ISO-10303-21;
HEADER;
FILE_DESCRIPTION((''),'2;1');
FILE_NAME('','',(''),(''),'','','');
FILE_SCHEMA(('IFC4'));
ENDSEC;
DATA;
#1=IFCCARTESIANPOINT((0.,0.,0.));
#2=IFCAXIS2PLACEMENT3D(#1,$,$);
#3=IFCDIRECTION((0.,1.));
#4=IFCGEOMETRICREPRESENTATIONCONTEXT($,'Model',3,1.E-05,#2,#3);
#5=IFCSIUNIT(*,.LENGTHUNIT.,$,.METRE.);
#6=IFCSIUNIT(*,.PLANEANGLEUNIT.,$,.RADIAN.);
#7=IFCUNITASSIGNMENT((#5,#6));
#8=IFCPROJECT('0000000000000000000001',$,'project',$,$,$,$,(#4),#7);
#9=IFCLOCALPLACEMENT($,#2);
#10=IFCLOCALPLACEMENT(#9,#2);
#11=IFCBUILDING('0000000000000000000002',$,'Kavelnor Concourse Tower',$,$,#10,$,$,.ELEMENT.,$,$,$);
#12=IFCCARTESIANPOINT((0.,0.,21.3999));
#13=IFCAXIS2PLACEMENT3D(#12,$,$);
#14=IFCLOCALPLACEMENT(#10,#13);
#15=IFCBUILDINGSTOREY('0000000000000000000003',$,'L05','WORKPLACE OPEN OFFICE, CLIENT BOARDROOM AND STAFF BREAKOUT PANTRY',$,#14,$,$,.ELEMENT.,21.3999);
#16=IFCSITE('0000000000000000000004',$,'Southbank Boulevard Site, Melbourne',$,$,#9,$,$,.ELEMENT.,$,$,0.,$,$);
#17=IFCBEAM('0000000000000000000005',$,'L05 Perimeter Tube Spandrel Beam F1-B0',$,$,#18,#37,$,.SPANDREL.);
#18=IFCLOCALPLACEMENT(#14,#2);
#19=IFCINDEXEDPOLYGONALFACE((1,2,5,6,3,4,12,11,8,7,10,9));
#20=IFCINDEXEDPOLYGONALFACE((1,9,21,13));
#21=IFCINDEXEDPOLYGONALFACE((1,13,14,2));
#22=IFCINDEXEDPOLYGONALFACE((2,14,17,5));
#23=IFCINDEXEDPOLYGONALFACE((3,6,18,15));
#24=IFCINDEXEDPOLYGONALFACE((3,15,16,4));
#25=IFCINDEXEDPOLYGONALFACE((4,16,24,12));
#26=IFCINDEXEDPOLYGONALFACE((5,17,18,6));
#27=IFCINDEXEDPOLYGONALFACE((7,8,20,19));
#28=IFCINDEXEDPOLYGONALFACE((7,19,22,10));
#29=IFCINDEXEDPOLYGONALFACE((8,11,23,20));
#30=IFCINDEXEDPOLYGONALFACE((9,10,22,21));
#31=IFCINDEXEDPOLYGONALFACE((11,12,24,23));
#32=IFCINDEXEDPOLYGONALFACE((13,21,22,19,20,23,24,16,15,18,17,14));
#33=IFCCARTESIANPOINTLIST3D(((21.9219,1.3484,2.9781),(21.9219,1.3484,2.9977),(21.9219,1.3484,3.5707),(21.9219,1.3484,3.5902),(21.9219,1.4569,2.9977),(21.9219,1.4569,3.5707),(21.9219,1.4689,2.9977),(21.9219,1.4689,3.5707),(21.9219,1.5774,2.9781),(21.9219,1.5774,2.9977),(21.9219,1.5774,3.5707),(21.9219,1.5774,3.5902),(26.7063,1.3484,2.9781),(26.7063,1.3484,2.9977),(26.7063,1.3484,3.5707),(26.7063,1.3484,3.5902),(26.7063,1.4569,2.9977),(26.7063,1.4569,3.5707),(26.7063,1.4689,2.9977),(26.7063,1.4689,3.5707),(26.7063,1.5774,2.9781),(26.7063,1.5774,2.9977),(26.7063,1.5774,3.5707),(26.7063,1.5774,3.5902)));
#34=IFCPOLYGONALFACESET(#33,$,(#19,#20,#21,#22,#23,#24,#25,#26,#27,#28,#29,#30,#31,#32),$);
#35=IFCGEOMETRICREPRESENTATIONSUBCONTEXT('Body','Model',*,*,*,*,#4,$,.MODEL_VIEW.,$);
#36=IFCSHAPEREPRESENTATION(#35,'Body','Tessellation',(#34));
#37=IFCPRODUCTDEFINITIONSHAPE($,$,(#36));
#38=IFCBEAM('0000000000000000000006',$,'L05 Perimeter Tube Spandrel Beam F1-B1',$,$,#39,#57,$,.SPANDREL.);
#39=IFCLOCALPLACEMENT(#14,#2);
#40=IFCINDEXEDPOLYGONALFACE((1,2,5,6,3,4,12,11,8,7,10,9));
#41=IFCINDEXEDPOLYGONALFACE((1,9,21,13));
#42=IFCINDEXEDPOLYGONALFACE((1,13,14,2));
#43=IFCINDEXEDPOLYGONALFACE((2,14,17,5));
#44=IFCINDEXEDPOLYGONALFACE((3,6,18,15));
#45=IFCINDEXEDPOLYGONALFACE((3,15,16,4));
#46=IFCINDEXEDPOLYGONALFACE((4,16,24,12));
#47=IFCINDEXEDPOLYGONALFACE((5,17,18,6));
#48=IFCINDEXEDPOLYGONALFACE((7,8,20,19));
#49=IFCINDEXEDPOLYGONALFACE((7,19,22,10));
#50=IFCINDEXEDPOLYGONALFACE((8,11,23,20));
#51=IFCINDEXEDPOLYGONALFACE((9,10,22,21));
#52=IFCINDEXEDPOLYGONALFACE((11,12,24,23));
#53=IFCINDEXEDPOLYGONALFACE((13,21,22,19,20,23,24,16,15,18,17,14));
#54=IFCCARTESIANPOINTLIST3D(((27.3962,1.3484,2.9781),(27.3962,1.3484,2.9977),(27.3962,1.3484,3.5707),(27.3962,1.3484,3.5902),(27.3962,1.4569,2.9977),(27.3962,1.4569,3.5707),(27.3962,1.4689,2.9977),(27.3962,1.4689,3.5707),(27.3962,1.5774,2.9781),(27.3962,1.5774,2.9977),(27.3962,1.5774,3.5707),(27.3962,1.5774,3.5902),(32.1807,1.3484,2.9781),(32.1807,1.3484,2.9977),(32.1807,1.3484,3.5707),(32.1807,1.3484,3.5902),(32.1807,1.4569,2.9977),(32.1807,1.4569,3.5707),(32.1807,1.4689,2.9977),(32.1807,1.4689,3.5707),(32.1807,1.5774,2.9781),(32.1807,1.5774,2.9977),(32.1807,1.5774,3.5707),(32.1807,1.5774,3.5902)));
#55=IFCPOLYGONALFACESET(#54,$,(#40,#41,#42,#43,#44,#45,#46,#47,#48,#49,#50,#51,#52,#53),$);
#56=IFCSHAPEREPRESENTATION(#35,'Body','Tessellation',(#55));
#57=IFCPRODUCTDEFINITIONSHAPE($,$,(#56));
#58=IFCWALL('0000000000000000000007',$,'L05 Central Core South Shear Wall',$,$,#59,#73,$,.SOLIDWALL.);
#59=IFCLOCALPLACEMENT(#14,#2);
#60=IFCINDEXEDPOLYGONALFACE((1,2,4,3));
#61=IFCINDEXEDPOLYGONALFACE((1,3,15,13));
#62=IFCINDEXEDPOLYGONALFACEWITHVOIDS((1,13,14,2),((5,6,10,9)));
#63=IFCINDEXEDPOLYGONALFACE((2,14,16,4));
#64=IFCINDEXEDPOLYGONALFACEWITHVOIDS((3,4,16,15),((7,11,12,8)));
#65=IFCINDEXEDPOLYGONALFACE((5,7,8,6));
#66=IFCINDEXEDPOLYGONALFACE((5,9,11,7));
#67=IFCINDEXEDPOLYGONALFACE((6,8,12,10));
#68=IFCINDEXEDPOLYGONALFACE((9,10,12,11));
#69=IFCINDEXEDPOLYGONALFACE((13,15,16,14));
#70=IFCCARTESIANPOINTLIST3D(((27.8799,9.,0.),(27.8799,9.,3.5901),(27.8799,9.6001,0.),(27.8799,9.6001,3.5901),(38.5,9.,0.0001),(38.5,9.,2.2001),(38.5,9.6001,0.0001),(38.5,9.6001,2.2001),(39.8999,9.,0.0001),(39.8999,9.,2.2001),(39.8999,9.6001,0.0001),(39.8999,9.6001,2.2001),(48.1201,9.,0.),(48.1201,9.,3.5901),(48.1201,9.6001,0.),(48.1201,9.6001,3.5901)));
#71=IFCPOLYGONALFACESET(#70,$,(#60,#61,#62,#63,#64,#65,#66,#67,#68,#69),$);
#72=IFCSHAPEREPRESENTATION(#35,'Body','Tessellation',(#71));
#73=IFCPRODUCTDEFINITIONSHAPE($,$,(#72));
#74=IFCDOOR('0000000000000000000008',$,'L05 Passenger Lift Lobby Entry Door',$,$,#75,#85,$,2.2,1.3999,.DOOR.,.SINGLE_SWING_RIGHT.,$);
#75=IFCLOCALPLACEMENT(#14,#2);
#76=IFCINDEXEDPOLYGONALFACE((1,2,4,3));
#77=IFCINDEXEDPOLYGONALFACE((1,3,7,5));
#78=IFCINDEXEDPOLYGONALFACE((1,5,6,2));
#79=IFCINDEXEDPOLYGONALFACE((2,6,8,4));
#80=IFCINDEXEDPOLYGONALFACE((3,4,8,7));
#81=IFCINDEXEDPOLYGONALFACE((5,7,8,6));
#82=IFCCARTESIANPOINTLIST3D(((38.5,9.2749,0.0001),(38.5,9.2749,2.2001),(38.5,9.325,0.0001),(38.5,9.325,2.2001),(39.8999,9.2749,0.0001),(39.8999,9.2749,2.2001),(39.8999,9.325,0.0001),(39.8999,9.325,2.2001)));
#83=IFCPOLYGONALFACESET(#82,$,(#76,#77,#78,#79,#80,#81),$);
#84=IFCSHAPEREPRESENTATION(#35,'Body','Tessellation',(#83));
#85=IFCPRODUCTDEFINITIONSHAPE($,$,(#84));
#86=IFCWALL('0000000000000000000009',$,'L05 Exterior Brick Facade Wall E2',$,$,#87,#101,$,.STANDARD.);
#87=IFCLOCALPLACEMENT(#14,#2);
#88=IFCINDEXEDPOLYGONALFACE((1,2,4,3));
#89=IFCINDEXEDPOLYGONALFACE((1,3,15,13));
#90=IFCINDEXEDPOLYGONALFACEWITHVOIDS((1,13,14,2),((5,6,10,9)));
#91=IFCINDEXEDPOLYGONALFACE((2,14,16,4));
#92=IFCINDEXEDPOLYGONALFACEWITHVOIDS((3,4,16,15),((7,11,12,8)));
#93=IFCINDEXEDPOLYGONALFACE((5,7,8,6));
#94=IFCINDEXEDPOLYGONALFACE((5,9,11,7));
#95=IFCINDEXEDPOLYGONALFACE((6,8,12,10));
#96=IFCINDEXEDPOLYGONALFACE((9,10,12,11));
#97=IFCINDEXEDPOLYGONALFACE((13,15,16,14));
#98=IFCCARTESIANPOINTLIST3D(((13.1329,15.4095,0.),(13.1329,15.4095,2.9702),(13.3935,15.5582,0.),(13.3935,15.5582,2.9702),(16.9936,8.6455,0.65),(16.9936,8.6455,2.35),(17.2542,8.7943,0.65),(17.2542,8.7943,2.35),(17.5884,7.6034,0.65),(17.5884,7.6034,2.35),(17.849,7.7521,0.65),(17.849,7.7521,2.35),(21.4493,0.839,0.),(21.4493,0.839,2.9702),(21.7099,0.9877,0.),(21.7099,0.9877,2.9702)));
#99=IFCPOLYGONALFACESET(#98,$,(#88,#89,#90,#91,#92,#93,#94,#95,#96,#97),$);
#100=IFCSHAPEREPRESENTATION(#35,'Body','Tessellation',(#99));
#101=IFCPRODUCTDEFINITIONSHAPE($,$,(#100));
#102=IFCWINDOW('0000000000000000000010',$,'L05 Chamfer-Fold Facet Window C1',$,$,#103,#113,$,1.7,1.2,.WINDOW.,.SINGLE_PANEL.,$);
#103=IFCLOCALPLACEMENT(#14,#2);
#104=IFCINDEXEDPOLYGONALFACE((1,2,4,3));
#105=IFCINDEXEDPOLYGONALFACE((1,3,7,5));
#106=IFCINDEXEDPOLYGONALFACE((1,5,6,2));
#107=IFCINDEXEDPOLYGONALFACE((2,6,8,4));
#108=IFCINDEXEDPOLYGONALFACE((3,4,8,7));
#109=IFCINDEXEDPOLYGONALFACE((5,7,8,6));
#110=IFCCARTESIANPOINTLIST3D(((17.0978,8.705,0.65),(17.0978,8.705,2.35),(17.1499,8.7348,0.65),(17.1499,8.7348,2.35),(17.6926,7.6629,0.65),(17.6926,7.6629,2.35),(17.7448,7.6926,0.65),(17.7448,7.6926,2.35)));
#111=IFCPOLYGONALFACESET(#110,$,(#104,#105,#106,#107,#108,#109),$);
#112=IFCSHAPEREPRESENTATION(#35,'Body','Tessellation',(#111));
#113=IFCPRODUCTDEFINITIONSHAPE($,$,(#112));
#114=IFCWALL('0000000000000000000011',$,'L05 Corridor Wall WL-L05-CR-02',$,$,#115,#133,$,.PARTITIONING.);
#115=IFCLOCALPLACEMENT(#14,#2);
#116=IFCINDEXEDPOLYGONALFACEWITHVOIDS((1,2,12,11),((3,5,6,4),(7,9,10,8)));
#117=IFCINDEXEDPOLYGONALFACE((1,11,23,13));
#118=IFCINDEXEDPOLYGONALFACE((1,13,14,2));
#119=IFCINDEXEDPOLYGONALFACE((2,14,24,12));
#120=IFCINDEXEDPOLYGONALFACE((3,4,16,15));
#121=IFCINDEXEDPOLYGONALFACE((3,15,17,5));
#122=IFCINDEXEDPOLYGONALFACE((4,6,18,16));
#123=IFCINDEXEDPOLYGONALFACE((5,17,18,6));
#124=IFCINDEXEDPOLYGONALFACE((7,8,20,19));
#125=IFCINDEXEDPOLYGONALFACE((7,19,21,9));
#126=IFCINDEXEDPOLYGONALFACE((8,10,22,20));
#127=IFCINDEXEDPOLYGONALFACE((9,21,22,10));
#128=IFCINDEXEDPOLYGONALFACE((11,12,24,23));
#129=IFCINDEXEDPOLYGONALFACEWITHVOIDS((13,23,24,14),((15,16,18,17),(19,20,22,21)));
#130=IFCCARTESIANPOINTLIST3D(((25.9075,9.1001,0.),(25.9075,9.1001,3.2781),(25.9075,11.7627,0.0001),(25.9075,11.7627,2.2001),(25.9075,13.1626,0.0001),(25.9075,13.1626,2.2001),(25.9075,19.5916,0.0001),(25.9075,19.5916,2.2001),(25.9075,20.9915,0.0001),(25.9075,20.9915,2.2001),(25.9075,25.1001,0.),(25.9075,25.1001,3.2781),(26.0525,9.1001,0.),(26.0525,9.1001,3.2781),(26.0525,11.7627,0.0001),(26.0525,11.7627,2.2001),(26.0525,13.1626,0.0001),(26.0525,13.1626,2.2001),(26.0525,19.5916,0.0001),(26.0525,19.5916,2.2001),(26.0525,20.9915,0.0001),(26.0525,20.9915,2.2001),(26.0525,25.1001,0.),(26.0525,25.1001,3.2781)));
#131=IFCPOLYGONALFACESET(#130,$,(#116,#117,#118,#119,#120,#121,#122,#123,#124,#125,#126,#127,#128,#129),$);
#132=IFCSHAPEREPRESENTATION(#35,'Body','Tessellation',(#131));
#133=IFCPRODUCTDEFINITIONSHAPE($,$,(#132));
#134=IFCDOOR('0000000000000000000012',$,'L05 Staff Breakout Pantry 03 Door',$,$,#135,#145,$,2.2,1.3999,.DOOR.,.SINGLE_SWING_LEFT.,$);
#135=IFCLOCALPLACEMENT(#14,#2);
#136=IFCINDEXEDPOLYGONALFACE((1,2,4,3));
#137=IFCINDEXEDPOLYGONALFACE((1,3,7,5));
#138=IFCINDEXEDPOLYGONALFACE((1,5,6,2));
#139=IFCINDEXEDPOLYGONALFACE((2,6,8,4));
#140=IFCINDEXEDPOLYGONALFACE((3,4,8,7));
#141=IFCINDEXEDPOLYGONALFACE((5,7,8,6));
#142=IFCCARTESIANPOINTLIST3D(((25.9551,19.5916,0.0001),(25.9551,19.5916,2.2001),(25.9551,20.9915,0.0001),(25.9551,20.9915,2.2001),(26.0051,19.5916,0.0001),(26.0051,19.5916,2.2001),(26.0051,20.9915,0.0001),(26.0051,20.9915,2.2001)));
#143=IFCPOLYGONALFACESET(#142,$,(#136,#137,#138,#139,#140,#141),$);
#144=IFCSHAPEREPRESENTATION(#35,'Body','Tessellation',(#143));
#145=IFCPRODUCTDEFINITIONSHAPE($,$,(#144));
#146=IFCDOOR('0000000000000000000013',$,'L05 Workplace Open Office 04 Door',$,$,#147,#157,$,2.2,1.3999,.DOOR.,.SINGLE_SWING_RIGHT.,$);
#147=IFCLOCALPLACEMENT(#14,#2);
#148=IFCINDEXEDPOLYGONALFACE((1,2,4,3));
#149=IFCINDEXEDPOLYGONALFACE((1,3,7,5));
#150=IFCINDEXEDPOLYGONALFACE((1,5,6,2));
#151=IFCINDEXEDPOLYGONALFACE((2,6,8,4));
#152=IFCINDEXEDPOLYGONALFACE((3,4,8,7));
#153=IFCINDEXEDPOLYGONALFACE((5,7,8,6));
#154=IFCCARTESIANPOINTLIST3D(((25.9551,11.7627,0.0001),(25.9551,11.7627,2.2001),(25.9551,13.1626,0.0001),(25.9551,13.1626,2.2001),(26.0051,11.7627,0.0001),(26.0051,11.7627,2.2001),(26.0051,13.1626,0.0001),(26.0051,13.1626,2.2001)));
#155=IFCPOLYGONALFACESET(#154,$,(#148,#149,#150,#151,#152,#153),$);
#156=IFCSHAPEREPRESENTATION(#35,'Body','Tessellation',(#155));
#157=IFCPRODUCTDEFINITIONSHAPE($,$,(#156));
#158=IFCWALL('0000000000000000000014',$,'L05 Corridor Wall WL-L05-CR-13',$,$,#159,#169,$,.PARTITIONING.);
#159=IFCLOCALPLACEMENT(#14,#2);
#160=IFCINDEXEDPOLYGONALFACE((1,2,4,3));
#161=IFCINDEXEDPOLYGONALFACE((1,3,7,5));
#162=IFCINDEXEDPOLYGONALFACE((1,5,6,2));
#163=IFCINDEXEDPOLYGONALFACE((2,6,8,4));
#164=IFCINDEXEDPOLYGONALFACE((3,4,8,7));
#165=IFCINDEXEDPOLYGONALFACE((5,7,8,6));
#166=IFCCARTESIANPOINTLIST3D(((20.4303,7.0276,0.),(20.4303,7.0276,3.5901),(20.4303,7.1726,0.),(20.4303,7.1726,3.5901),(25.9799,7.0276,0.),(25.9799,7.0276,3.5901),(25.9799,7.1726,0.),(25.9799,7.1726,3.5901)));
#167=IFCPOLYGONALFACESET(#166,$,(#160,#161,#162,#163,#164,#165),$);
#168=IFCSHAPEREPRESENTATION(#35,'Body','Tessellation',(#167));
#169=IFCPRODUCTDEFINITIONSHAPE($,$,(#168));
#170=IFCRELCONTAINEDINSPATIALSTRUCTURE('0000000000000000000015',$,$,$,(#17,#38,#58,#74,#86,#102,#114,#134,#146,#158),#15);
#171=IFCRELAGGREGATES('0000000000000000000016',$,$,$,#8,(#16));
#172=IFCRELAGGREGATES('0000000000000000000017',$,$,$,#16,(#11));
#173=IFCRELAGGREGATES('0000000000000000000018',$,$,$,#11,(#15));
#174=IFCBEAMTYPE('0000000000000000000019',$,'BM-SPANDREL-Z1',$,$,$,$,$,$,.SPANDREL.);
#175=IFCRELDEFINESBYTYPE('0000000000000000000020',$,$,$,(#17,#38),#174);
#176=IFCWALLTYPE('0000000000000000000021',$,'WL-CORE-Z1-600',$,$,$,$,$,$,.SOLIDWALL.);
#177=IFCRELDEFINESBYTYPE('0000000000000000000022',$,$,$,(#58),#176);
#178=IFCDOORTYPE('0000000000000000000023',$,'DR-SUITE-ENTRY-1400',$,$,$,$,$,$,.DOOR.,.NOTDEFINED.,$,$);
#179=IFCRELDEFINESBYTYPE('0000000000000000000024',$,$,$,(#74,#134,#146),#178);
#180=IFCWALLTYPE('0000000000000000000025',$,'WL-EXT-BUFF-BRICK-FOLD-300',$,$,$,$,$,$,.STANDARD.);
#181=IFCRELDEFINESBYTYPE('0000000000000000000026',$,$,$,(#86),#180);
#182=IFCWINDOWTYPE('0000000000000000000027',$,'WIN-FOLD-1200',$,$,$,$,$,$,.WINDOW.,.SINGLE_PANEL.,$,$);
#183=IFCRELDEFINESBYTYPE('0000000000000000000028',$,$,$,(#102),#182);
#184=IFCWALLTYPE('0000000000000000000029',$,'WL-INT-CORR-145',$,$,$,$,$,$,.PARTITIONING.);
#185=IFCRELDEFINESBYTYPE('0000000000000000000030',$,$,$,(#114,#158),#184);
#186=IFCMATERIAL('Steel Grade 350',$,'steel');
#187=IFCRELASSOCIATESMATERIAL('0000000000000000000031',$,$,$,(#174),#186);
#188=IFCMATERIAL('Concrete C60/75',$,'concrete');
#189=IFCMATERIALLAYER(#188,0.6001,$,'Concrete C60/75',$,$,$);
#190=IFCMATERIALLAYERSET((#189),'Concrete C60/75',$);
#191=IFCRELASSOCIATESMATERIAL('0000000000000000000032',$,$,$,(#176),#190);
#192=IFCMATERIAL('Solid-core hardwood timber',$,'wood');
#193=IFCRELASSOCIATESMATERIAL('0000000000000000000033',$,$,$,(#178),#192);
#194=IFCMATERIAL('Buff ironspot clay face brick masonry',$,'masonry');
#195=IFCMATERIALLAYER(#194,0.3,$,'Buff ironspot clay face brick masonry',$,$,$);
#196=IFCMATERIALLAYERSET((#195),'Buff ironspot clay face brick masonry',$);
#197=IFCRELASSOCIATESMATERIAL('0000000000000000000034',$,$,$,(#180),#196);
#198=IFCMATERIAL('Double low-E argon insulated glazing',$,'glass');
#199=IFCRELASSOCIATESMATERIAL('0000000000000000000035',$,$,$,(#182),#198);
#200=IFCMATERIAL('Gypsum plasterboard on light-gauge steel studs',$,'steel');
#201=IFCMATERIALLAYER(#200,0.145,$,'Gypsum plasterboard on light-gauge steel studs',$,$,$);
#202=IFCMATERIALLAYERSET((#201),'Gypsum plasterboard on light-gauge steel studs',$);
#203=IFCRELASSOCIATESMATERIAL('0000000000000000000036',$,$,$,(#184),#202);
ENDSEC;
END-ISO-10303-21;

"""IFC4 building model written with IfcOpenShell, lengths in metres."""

from ifc_helpers import new_model, si_unit, direction, frame, frame_2d, origin, origin_2d, place, context, subcontext, project, spatial, rectangle, i_section, extrude, material, layer, layer_set, material_profile, profile_set, type_object, element, fill, save


model = new_model("IFC4")

# Units and contexts
model_context = context("Model", 3, precision=1e-05, world=origin(), true_north=direction((0.0, 1.0)))
body_context = subcontext(model_context, "Body", "Model", "MODEL_VIEW")
ifc_project = project(units=[si_unit("LENGTHUNIT", "METRE"), si_unit("PLANEANGLEUNIT", "RADIAN")], contexts=[model_context])

# Site, building, storey
site_placement = place(None, origin())
site = spatial("IfcSite", under=ifc_project, at=site_placement, Name="Southbank Boulevard Site, Melbourne", CompositionType="ELEMENT", RefElevation=0.0)
building_placement = place(site_placement, origin())
building = spatial("IfcBuilding", under=site, at=building_placement, Name="Kavelnor Concourse Tower", CompositionType="ELEMENT")
storey_placement = place(building_placement, frame((0.0, 0.0, 21.3999)))
storey = spatial("IfcBuildingStorey", under=building, at=storey_placement, Name="L05", Description="WORKPLACE OPEN OFFICE, CLIENT BOARDROOM AND STAFF BREAKOUT PANTRY", CompositionType="ELEMENT", Elevation=21.3999)

# Shared definitions
ifc_material_1 = material(Name="Steel Grade 350", Category="steel")

# Beams
ifc_material_profile_1 = material_profile(ifc_material_1, i_section(OverallWidth=0.229, OverallDepth=0.6121, WebThickness=0.012, FlangeThickness=0.0195, at=origin_2d()), Name="610UB125")
ifc_profile_set_1 = profile_set([ifc_material_profile_1], Name="Steel Grade 350")
beam_type_1 = type_object("IfcBeamType", Name="BM-SPANDREL-Z1", PredefinedType="SPANDREL", material=ifc_profile_set_1)
for number, where, z_axis, x_axis, name in (
    (1, (21.9219, 1.4629, 3.2842), (1.0, 0.0, 0.0), (0.0, 1.0, 0.0), "L05 Perimeter Tube Spandrel Beam F1-B0"),
    (2, (27.3962, 1.4629, 3.2842), (1.0, 0.0, 0.0), (0.0, 1.0, 0.0), "L05 Perimeter Tube Spandrel Beam F1-B1"),
):
    element("IfcBeam", number, at=place(storey_placement, frame(where, z_axis=z_axis, x_axis=x_axis)), inside=storey, type_object=beam_type_1, Name=name, PredefinedType="SPANDREL", context=body_context, shape_type="SweptSolid", body=[
        extrude(i_section(OverallWidth=0.229, OverallDepth=0.6121, WebThickness=0.012, FlangeThickness=0.0195, at=origin_2d()), origin(), (0.0, 0.0, 1.0), 4.7844),
    ])

# Wall, opening, door
ifc_material_2 = material(Name="Concrete C60/75", Category="concrete")
ifc_layer_1 = layer(ifc_material_2, 0.6001, Name="Concrete C60/75")
ifc_layer_set_1 = layer_set([ifc_layer_1], Name="Concrete C60/75")
wall_type_1 = type_object("IfcWallType", Name="WL-CORE-Z1-600", PredefinedType="SOLIDWALL", material=ifc_layer_set_1)
wall_1_placement = place(storey_placement, frame((27.8799, 9.3, 0.0), z_axis=(0.0, 0.0, 1.0), x_axis=(1.0, 0.0, 0.0)))
wall_1 = element("IfcWall", 3, at=wall_1_placement, inside=storey, type_object=wall_type_1, Name="L05 Central Core South Shear Wall", PredefinedType="SOLIDWALL", context=body_context, shape_type="SweptSolid", body=[
    extrude(rectangle(XDim=20.2402, YDim=0.6001, at=frame_2d((10.1201, 0.0))), origin(), (0.0, 0.0, 1.0), 3.5901),
])
opening_1_placement = place(wall_1_placement, frame((10.6201, 0.0, 0.0)))
opening_1 = element("IfcOpeningElement", 4, at=opening_1_placement, cuts=wall_1, PredefinedType="OPENING", context=body_context, shape_type="SweptSolid", body=[
    extrude(rectangle(XDim=1.3999, YDim=2.2, at=frame_2d((0.7, 1.1001))), frame((0.0, 0.3101, 0.0), z_axis=(0.0, -1.0, 0.0), x_axis=(1.0, 0.0, 0.0)), (0.0, 0.0, 1.0), 0.6201),
])
ifc_material_3 = material(Name="Solid-core hardwood timber", Category="wood")
door_type = type_object("IfcDoorType", Name="DR-SUITE-ENTRY-1400", OperationType="NOTDEFINED", PredefinedType="DOOR", material=ifc_material_3)
door_1_placement = place(opening_1_placement, origin())
door_1 = element("IfcDoor", 5, at=door_1_placement, inside=storey, type_object=door_type, Name="L05 Passenger Lift Lobby Entry Door", OperationType="SINGLE_SWING_RIGHT", OverallHeight=2.2, OverallWidth=1.3999, PredefinedType="DOOR", context=body_context, shape_type="SweptSolid", body=[
    extrude(rectangle(XDim=1.3999, YDim=2.2, at=frame_2d((0.7, 1.1001))), frame((0.0, 0.0249, 0.0), z_axis=(0.0, -1.0, 0.0), x_axis=(1.0, 0.0, 0.0)), (0.0, 0.0, 1.0), 0.05),
])
fill(opening_1, door_1)

# Wall, opening, window
ifc_material_4 = material(Name="Buff ironspot clay face brick masonry", Category="masonry")
ifc_layer_2 = layer(ifc_material_4, 0.3, Name="Buff ironspot clay face brick masonry")
ifc_layer_set_2 = layer_set([ifc_layer_2], Name="Buff ironspot clay face brick masonry")
wall_type_2 = type_object("IfcWallType", Name="WL-EXT-BUFF-BRICK-FOLD-300", PredefinedType="STANDARD", material=ifc_layer_set_2)
wall_2_placement = place(storey_placement, frame((21.5796, 0.9133, 0.0), z_axis=(0.0, 0.0, 1.0), x_axis=(-0.495706, 0.86849, 0.0)))
wall_2 = element("IfcWall", 6, at=wall_2_placement, inside=storey, type_object=wall_type_2, Name="L05 Exterior Brick Facade Wall E2", PredefinedType="STANDARD", context=body_context, shape_type="SweptSolid", body=[
    extrude(rectangle(XDim=16.7769, YDim=0.3, at=frame_2d((8.3884, 0.0))), origin(), (0.0, 0.0, 1.0), 2.9702),
])
opening_2_placement = place(wall_2_placement, frame((7.7886, 0.0, 0.6499)))
opening_2 = element("IfcOpeningElement", 7, at=opening_2_placement, cuts=wall_2, PredefinedType="OPENING", context=body_context, shape_type="SweptSolid", body=[
    extrude(rectangle(XDim=1.2, YDim=1.7, at=frame_2d((0.6001, 0.8501))), frame((0.0, 0.1602, 0.0), z_axis=(0.0, -1.0, 0.0), x_axis=(1.0, 0.0, 0.0)), (0.0, 0.0, 1.0), 0.3201),
])
ifc_material_5 = material(Name="Double low-E argon insulated glazing", Category="glass")
window_type = type_object("IfcWindowType", Name="WIN-FOLD-1200", PartitioningType="SINGLE_PANEL", PredefinedType="WINDOW", material=ifc_material_5)
window_placement = place(opening_2_placement, origin())
window = element("IfcWindow", 8, at=window_placement, inside=storey, type_object=window_type, Name="L05 Chamfer-Fold Facet Window C1", OverallHeight=1.7, OverallWidth=1.2, PartitioningType="SINGLE_PANEL", PredefinedType="WINDOW", context=body_context, shape_type="SweptSolid", body=[
    extrude(rectangle(XDim=1.2, YDim=1.7, at=frame_2d((0.6001, 0.8501))), frame((0.0, 0.03, 0.0), z_axis=(0.0, -1.0, 0.0), x_axis=(1.0, 0.0, 0.0)), (0.0, 0.0, 1.0), 0.0601),
])
fill(opening_2, window)

# Wall, openings, doors
ifc_material_6 = material(Name="Gypsum plasterboard on light-gauge steel studs", Category="steel")
ifc_layer_3 = layer(ifc_material_6, 0.145, Name="Gypsum plasterboard on light-gauge steel studs")
ifc_layer_set_3 = layer_set([ifc_layer_3], Name="Gypsum plasterboard on light-gauge steel studs")
wall_type_3 = type_object("IfcWallType", Name="WL-INT-CORR-145", PredefinedType="PARTITIONING", material=ifc_layer_set_3)
wall_3_placement = place(storey_placement, frame((25.98, 9.1001, 0.0), z_axis=(0.0, 0.0, 1.0), x_axis=(0.0, 1.0, 0.0)))
wall_3 = element("IfcWall", 9, at=wall_3_placement, inside=storey, type_object=wall_type_3, Name="L05 Corridor Wall WL-L05-CR-02", PredefinedType="PARTITIONING", context=body_context, shape_type="SweptSolid", body=[
    extrude(rectangle(XDim=16.0, YDim=0.145, at=frame_2d((8.0, 0.0))), origin(), (0.0, 0.0, 1.0), 3.2781),
])
opening_3_placement = place(wall_3_placement, frame((10.4915, 0.0, 0.0)))
opening_3 = element("IfcOpeningElement", 10, at=opening_3_placement, cuts=wall_3, PredefinedType="OPENING", context=body_context, shape_type="SweptSolid", body=[
    extrude(rectangle(XDim=1.3999, YDim=2.2, at=frame_2d((0.7, 1.1001))), frame((0.0, 0.0825, 0.0), z_axis=(0.0, -1.0, 0.0), x_axis=(1.0, 0.0, 0.0)), (0.0, 0.0, 1.0), 0.165),
])
opening_4_placement = place(wall_3_placement, frame((2.6626, 0.0, 0.0)))
opening_4 = element("IfcOpeningElement", 11, at=opening_4_placement, cuts=wall_3, PredefinedType="OPENING", context=body_context, shape_type="SweptSolid", body=[
    extrude(rectangle(XDim=1.3999, YDim=2.2, at=frame_2d((0.7, 1.1001))), frame((0.0, 0.0825, 0.0), z_axis=(0.0, -1.0, 0.0), x_axis=(1.0, 0.0, 0.0)), (0.0, 0.0, 1.0), 0.165),
])
door_2_placement = place(opening_3_placement, origin())
door_2 = element("IfcDoor", 12, at=door_2_placement, inside=storey, type_object=door_type, Name="L05 Staff Breakout Pantry 03 Door", OperationType="SINGLE_SWING_LEFT", OverallHeight=2.2, OverallWidth=1.3999, PredefinedType="DOOR", context=body_context, shape_type="SweptSolid", body=[
    extrude(rectangle(XDim=1.3999, YDim=2.2, at=frame_2d((0.7, 1.1001))), frame((0.0, 0.0249, 0.0), z_axis=(0.0, -1.0, 0.0), x_axis=(1.0, 0.0, 0.0)), (0.0, 0.0, 1.0), 0.05),
])
fill(opening_3, door_2)
door_3_placement = place(opening_4_placement, origin())
door_3 = element("IfcDoor", 13, at=door_3_placement, inside=storey, type_object=door_type, Name="L05 Workplace Open Office 04 Door", OperationType="SINGLE_SWING_RIGHT", OverallHeight=2.2, OverallWidth=1.3999, PredefinedType="DOOR", context=body_context, shape_type="SweptSolid", body=[
    extrude(rectangle(XDim=1.3999, YDim=2.2, at=frame_2d((0.7, 1.1001))), frame((0.0, 0.0249, 0.0), z_axis=(0.0, -1.0, 0.0), x_axis=(1.0, 0.0, 0.0)), (0.0, 0.0, 1.0), 0.05),
])
fill(opening_4, door_3)

# Wall
wall_4_placement = place(storey_placement, frame((25.98, 7.1001, 0.0), z_axis=(0.0, 0.0, 1.0), x_axis=(-1.0, 0.0, 0.0)))
element("IfcWall", 14, at=wall_4_placement, inside=storey, type_object=wall_type_3, Name="L05 Corridor Wall WL-L05-CR-13", PredefinedType="PARTITIONING", context=body_context, shape_type="SweptSolid", body=[
    extrude(rectangle(XDim=5.5496, YDim=0.145, at=frame_2d((2.7749, 0.0))), origin(), (0.0, 0.0, 1.0), 3.5901),
])

save(model, "model.ifc")
